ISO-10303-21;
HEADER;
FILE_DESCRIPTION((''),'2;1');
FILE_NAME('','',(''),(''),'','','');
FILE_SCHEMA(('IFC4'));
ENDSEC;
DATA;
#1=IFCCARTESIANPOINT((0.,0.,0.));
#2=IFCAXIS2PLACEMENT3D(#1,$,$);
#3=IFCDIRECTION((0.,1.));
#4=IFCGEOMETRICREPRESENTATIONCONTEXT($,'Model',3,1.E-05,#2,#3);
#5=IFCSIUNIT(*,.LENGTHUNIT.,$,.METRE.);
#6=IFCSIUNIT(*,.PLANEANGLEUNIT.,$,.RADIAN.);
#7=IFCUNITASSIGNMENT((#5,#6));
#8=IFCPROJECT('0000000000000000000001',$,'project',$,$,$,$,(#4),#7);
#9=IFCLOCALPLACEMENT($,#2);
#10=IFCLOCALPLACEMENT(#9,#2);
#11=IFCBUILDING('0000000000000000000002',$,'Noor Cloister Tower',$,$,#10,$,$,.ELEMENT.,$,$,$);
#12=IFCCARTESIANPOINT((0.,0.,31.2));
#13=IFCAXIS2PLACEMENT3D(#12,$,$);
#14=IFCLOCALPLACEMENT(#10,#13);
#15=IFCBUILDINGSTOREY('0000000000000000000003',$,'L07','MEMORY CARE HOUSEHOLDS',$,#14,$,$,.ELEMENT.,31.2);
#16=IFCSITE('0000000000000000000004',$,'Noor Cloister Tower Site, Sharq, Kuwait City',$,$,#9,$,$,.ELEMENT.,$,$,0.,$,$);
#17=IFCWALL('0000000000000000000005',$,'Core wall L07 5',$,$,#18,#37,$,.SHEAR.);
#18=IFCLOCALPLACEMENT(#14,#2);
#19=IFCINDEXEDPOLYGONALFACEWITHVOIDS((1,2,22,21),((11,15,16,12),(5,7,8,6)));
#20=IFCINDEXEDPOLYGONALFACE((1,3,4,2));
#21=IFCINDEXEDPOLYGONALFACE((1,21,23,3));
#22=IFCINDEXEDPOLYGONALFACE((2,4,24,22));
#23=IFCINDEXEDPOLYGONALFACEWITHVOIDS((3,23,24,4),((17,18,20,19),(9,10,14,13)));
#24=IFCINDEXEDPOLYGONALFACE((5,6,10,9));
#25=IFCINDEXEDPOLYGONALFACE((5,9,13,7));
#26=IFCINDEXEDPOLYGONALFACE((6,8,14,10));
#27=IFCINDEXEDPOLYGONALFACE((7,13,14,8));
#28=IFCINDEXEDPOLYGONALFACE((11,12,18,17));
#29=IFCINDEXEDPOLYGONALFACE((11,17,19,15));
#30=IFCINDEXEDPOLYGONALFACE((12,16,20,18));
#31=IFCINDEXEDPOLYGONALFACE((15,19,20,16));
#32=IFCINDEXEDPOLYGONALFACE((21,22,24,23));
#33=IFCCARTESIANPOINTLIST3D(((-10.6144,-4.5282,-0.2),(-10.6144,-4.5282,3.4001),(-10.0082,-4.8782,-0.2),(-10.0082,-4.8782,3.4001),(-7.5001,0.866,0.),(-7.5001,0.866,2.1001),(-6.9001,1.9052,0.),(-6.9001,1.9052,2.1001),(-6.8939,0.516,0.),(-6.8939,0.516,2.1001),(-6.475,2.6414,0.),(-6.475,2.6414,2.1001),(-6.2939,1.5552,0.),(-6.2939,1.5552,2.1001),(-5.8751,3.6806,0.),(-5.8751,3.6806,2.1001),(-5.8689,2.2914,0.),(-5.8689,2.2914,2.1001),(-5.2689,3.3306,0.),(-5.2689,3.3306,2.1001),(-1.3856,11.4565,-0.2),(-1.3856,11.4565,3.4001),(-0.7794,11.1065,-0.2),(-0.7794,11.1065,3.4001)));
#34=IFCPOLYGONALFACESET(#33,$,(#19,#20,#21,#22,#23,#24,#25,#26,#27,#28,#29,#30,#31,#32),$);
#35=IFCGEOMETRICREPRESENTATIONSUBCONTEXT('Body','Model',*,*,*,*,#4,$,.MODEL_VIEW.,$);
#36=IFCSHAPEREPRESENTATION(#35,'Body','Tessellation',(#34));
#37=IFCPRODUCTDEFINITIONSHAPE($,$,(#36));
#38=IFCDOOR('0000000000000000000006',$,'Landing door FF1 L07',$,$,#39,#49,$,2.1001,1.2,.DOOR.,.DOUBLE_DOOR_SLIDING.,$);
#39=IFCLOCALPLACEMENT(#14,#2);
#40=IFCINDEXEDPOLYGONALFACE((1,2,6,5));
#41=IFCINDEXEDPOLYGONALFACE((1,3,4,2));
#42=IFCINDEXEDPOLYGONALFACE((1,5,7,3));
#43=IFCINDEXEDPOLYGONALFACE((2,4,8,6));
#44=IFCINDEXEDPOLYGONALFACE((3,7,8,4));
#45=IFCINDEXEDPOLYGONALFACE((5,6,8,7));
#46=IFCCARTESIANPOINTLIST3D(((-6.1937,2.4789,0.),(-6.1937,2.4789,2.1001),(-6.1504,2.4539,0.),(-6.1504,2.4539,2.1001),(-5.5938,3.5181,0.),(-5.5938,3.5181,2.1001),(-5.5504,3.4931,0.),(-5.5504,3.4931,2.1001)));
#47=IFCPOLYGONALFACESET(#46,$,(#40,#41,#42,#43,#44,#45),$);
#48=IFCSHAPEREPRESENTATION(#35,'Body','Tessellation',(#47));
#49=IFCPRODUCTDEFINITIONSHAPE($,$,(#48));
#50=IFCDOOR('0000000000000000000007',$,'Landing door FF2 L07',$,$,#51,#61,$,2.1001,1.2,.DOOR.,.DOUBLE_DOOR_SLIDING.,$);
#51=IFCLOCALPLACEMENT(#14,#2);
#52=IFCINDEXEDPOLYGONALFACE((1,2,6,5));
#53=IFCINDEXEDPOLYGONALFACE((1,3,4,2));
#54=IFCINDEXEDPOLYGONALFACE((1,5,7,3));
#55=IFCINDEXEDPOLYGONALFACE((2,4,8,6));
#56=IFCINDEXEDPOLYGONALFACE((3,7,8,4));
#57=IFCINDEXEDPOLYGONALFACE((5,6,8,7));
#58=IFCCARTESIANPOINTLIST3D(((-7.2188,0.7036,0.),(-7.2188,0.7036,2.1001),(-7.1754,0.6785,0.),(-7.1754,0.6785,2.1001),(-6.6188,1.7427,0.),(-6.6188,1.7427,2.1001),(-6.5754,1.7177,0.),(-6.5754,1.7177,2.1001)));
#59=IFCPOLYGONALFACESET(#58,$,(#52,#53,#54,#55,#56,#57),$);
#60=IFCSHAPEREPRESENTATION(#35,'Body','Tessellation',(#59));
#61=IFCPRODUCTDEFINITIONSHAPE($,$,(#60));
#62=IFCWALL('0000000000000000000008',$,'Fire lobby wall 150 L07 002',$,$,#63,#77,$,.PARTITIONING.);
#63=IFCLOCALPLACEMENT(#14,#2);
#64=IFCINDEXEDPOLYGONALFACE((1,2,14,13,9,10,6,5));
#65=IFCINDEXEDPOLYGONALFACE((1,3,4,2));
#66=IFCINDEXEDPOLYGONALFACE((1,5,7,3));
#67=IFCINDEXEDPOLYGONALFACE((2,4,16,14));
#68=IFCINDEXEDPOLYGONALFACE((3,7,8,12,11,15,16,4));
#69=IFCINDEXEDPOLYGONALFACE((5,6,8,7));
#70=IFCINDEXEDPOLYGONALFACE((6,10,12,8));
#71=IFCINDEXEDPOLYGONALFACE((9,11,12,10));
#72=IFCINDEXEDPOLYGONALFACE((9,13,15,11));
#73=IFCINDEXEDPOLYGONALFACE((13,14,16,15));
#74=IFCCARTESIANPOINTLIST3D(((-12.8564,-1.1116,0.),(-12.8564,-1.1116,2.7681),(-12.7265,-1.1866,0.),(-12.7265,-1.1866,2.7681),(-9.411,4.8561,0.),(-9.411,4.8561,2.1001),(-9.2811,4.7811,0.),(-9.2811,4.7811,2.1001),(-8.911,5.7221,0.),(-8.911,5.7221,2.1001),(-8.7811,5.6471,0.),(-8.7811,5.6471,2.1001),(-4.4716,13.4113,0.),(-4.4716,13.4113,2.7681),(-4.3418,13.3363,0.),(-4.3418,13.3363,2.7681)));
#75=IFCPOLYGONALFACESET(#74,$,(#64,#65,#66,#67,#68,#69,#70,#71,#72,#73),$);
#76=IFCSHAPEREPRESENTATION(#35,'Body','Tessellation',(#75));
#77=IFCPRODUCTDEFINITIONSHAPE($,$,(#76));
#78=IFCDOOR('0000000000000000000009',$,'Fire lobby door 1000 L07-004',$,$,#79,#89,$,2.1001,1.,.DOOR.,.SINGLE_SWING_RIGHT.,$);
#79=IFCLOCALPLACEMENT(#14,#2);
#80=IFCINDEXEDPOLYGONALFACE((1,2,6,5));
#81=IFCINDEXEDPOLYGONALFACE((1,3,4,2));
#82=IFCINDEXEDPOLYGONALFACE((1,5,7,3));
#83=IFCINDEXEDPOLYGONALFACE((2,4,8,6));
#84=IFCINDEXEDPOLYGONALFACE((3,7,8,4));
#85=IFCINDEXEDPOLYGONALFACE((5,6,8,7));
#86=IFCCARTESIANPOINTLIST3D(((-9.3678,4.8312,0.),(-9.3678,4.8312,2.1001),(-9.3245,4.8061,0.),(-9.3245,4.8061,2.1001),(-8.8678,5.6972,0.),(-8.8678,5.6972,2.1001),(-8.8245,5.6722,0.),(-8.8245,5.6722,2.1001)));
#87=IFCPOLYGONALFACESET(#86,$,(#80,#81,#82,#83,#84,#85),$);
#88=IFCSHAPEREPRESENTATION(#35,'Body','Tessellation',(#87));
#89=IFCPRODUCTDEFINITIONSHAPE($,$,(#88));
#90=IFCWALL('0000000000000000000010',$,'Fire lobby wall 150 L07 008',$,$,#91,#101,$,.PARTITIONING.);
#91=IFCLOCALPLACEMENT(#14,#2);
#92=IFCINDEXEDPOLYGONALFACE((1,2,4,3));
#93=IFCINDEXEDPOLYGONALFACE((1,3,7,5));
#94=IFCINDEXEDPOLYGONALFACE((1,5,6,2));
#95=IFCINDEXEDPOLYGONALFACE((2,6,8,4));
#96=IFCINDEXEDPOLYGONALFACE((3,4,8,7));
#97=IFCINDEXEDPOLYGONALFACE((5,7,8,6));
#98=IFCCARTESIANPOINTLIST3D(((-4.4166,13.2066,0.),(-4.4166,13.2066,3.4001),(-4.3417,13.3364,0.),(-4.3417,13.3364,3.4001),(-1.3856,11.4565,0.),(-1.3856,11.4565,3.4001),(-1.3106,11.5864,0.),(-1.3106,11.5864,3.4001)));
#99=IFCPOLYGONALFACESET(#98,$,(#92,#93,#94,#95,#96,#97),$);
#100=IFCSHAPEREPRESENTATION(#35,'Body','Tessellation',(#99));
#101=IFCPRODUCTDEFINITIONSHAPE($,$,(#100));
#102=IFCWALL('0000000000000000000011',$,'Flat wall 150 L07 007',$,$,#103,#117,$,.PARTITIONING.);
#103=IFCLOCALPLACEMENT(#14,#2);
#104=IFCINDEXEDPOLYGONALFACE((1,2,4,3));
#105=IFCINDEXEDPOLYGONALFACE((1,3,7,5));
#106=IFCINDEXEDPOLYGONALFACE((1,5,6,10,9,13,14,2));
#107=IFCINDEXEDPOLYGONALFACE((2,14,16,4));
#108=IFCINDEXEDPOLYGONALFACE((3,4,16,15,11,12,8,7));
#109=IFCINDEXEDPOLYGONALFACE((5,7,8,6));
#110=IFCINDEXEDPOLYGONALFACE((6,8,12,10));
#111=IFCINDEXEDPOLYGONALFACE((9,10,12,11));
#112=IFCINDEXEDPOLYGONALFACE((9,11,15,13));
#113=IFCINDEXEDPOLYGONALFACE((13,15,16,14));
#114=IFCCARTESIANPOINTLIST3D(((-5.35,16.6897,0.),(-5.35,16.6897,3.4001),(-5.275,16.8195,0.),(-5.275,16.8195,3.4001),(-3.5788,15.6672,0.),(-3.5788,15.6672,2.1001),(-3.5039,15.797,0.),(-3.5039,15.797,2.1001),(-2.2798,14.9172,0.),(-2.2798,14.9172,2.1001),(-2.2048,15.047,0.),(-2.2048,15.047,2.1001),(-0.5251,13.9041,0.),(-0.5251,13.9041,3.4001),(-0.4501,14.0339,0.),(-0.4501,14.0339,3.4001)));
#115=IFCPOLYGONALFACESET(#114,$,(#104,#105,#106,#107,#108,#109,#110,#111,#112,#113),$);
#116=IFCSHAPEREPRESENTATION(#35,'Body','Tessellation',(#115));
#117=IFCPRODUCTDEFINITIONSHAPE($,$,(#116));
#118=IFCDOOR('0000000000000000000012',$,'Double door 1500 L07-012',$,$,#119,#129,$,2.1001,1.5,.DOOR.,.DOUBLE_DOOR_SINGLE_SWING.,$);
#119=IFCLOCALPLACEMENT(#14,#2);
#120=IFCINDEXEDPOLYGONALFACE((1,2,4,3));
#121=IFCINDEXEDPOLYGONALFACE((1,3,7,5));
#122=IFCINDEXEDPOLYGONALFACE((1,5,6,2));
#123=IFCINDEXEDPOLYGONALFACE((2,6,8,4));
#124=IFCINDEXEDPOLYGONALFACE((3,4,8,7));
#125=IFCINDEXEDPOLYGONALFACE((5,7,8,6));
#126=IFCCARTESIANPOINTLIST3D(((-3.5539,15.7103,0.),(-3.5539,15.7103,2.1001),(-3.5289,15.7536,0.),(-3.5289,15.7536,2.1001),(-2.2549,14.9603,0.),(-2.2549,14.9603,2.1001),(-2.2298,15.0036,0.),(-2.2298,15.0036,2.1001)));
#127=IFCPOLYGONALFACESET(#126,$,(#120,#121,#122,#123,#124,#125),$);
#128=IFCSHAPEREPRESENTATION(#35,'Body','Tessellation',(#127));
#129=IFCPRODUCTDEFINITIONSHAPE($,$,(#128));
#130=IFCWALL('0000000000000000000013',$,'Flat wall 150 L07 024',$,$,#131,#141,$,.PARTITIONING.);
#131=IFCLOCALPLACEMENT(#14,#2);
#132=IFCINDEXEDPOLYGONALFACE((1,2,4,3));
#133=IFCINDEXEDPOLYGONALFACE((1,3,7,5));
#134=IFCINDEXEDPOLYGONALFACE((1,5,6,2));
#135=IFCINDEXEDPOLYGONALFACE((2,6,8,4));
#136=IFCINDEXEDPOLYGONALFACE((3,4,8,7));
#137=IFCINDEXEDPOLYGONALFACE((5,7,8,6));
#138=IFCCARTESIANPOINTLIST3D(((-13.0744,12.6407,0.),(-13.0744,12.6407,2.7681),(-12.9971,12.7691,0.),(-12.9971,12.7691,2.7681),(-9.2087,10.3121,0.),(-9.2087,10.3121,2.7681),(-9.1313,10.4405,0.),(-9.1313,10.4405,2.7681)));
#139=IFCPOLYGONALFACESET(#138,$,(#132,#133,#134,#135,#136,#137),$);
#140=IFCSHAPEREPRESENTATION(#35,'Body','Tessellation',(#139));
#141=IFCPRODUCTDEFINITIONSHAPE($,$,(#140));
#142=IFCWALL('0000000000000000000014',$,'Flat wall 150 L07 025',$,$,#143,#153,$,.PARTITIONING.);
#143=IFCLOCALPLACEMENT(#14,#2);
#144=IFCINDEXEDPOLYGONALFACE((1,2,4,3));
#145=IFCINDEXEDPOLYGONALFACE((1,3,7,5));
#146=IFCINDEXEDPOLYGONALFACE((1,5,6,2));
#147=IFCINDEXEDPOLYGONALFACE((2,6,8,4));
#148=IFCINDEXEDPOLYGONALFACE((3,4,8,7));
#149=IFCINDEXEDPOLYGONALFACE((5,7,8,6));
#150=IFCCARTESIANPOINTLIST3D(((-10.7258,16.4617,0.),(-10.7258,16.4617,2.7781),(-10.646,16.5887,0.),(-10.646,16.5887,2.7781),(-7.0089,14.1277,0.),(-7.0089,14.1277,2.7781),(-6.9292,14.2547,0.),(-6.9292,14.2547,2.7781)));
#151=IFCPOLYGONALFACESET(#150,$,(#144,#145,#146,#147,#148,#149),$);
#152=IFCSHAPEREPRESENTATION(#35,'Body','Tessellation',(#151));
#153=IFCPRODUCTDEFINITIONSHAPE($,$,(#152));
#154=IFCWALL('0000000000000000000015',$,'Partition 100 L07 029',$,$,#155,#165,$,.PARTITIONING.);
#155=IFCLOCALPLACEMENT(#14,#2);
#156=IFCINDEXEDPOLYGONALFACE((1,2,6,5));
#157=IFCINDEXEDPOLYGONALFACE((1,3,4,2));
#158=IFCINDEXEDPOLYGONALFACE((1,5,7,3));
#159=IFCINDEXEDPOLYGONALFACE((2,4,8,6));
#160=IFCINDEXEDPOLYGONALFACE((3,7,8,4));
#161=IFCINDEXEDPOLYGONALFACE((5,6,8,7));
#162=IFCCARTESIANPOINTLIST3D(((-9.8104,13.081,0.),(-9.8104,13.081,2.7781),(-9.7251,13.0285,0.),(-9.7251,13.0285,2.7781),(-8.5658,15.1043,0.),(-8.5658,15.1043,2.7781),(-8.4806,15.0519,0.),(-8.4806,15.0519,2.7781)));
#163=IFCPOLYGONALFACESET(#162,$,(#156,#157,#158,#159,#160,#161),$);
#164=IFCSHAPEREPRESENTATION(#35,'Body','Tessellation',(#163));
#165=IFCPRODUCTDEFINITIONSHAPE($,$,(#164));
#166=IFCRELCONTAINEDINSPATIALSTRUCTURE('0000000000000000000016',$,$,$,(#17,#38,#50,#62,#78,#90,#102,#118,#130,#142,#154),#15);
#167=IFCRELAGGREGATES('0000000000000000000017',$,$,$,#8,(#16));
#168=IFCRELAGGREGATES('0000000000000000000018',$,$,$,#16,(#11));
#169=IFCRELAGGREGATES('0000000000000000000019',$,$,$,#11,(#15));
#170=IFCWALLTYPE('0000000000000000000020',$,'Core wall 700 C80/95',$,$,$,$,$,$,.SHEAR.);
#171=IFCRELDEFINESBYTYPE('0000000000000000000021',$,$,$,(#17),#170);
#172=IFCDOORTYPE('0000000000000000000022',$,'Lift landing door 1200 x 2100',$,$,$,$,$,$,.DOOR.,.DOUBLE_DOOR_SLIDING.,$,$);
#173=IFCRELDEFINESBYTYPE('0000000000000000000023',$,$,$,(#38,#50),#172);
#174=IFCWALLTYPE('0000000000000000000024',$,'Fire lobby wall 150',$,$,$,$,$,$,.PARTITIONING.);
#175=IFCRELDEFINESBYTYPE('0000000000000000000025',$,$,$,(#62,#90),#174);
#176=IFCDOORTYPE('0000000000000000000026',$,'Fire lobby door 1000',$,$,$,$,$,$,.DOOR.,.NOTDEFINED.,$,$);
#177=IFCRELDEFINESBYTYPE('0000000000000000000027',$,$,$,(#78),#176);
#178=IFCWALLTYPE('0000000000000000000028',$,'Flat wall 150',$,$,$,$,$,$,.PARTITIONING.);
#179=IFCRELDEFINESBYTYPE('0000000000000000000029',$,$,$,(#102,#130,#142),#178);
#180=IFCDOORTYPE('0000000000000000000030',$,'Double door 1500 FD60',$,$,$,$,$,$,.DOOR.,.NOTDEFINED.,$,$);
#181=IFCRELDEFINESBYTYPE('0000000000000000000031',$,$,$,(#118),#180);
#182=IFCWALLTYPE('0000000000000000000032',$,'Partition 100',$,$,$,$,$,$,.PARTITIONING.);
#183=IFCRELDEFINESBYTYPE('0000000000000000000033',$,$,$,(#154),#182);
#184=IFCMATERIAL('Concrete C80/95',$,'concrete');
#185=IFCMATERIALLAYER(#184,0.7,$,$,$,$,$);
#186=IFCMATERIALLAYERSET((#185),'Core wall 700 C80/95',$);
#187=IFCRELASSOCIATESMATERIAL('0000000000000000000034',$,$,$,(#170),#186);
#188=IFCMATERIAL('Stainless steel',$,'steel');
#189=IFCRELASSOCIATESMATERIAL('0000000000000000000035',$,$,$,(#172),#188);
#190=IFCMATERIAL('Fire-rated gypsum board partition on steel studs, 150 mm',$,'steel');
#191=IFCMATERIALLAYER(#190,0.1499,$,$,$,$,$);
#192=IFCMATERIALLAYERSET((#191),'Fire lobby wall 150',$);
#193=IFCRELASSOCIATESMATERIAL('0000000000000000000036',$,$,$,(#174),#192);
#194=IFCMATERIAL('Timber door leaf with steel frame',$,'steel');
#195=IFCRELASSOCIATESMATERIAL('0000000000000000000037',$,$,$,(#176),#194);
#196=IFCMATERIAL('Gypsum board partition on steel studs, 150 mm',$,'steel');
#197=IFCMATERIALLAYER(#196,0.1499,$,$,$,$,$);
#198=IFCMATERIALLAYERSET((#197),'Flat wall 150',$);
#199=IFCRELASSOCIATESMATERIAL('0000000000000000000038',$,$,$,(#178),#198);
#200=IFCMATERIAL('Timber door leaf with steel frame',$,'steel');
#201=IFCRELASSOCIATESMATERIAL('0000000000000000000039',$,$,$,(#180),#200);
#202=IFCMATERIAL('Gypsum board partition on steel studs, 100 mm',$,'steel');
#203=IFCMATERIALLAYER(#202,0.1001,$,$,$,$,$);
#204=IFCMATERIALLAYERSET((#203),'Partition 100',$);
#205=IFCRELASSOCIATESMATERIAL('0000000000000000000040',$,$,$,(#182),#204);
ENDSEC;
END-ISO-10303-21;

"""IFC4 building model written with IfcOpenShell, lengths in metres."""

from ifc_helpers import new_model, si_unit, direction, frame, frame_2d, origin, place, context, subcontext, project, spatial, rectangle, extrude, material, layer, layer_set, type_object, element, fill, save


model = new_model("IFC4")

# Units and contexts
model_context = context("Model", 3, precision=1e-05, world=origin(), true_north=direction((0.0, 1.0)))
body_context = subcontext(model_context, "Body", "Model", "MODEL_VIEW")
ifc_project = project(units=[si_unit("LENGTHUNIT", "METRE"), si_unit("PLANEANGLEUNIT", "RADIAN")], contexts=[model_context])

# Site, building, storey
site_placement = place(None, origin())
site = spatial("IfcSite", under=ifc_project, at=site_placement, Name="Noor Cloister Tower Site, Sharq, Kuwait City", CompositionType="ELEMENT", RefElevation=0.0)
building_placement = place(site_placement, origin())
building = spatial("IfcBuilding", under=site, at=building_placement, Name="Noor Cloister Tower", CompositionType="ELEMENT")
storey_placement = place(building_placement, frame((0.0, 0.0, 31.2)))
storey = spatial("IfcBuildingStorey", under=building, at=storey_placement, Name="L07", Description="MEMORY CARE HOUSEHOLDS", CompositionType="ELEMENT", Elevation=31.2)

# Wall, openings, doors
ifc_material_1 = material(Name="Concrete C80/95", Category="concrete")
ifc_layer_1 = layer(ifc_material_1, 0.7)
ifc_layer_set_1 = layer_set([ifc_layer_1], Name="Core wall 700 C80/95")
wall_type_1 = type_object("IfcWallType", Name="Core wall 700 C80/95", PredefinedType="SHEAR", material=ifc_layer_set_1)
wall_1_placement = place(storey_placement, frame((-1.0825, 11.2815, -0.2), z_axis=(0.0, 0.0, 1.0), x_axis=(-0.500001, -0.866025, 0.0)))
wall_1 = element("IfcWall", 1, at=wall_1_placement, inside=storey, type_object=wall_type_1, Name="Core wall L07 5", PredefinedType="SHEAR", context=body_context, shape_type="SweptSolid", body=[
    extrude(rectangle(XDim=18.4575, YDim=0.7, at=frame_2d((9.2288, 0.0))), origin(), (0.0, 0.0, 1.0), 3.6001),
])
opening_1_placement = place(wall_1_placement, frame((8.9788, 0.0, 0.2)))
opening_1 = element("IfcOpeningElement", 2, at=opening_1_placement, cuts=wall_1, PredefinedType="OPENING", context=body_context, shape_type="SweptSolid", body=[
    extrude(rectangle(XDim=1.2, YDim=2.1001, at=frame_2d((0.6001, 1.05))), frame((0.0, 0.3599, 0.0), z_axis=(0.0, -1.0, 0.0), x_axis=(1.0, 0.0, 0.0)), (0.0, 0.0, 1.0), 0.72),
])
opening_2_placement = place(wall_1_placement, frame((11.0288, 0.0, 0.2)))
opening_2 = element("IfcOpeningElement", 3, at=opening_2_placement, cuts=wall_1, PredefinedType="OPENING", context=body_context, shape_type="SweptSolid", body=[
    extrude(rectangle(XDim=1.2, YDim=2.1001, at=frame_2d((0.6001, 1.05))), frame((0.0, 0.3599, 0.0), z_axis=(0.0, -1.0, 0.0), x_axis=(1.0, 0.0, 0.0)), (0.0, 0.0, 1.0), 0.72),
])
ifc_material_2 = material(Name="Stainless steel", Category="steel")
door_type_1 = type_object("IfcDoorType", Name="Lift landing door 1200 x 2100", OperationType="DOUBLE_DOOR_SLIDING", PredefinedType="DOOR", material=ifc_material_2)
door_1_placement = place(opening_1_placement, origin())
door_1 = element("IfcDoor", 4, at=door_1_placement, inside=storey, type_object=door_type_1, Name="Landing door FF1 L07", OperationType="DOUBLE_DOOR_SLIDING", OverallHeight=2.1001, OverallWidth=1.2, PredefinedType="DOOR", context=body_context, shape_type="SweptSolid", body=[
    extrude(rectangle(XDim=1.2, YDim=2.1001, at=frame_2d((0.6001, 1.05))), frame((0.0, 0.0249, 0.0), z_axis=(0.0, -1.0, 0.0), x_axis=(1.0, 0.0, 0.0)), (0.0, 0.0, 1.0), 0.05),
])
fill(opening_1, door_1)
door_2_placement = place(opening_2_placement, origin())
door_2 = element("IfcDoor", 5, at=door_2_placement, inside=storey, type_object=door_type_1, Name="Landing door FF2 L07", OperationType="DOUBLE_DOOR_SLIDING", OverallHeight=2.1001, OverallWidth=1.2, PredefinedType="DOOR", context=body_context, shape_type="SweptSolid", body=[
    extrude(rectangle(XDim=1.2, YDim=2.1001, at=frame_2d((0.6001, 1.05))), frame((0.0, 0.0249, 0.0), z_axis=(0.0, -1.0, 0.0), x_axis=(1.0, 0.0, 0.0)), (0.0, 0.0, 1.0), 0.05),
])
fill(opening_2, door_2)

# Wall, opening, door
ifc_material_3 = material(Name="Fire-rated gypsum board partition on steel studs, 150 mm", Category="steel")
ifc_layer_2 = layer(ifc_material_3, 0.1499)
ifc_layer_set_2 = layer_set([ifc_layer_2], Name="Fire lobby wall 150")
wall_type_2 = type_object("IfcWallType", Name="Fire lobby wall 150", PredefinedType="PARTITIONING", material=ifc_layer_set_2)
wall_2_placement = place(storey_placement, frame((-4.4067, 13.3738, 0.0), z_axis=(0.0, 0.0, 1.0), x_axis=(-0.499997, -0.866027, 0.0)))
wall_2 = element("IfcWall", 6, at=wall_2_placement, inside=storey, type_object=wall_type_2, Name="Fire lobby wall 150 L07 002", PredefinedType="PARTITIONING", context=body_context, shape_type="SweptSolid", body=[
    extrude(rectangle(XDim=16.7695, YDim=0.1499, at=frame_2d((8.3848, 0.0))), origin(), (0.0, 0.0, 1.0), 2.7681),
])
opening_3_placement = place(wall_2_placement, frame((8.8787, 0.0, 0.0)))
opening_3 = element("IfcOpeningElement", 7, at=opening_3_placement, cuts=wall_2, PredefinedType="OPENING", context=body_context, shape_type="SweptSolid", body=[
    extrude(rectangle(XDim=1.0, YDim=2.1001, at=frame_2d((0.5, 1.05))), frame((0.0, 0.085, 0.0), z_axis=(0.0, -1.0, 0.0), x_axis=(1.0, 0.0, 0.0)), (0.0, 0.0, 1.0), 0.1699),
])
ifc_material_4 = material(Name="Timber door leaf with steel frame", Category="steel")
door_type_2 = type_object("IfcDoorType", Name="Fire lobby door 1000", OperationType="NOTDEFINED", PredefinedType="DOOR", material=ifc_material_4)
door_3_placement = place(opening_3_placement, origin())
door_3 = element("IfcDoor", 8, at=door_3_placement, inside=storey, type_object=door_type_2, Name="Fire lobby door 1000 L07-004", OperationType="SINGLE_SWING_RIGHT", OverallHeight=2.1001, OverallWidth=1.0, PredefinedType="DOOR", context=body_context, shape_type="SweptSolid", body=[
    extrude(rectangle(XDim=1.0, YDim=2.1001, at=frame_2d((0.5, 1.05))), frame((0.0, 0.0249, 0.0), z_axis=(0.0, -1.0, 0.0), x_axis=(1.0, 0.0, 0.0)), (0.0, 0.0, 1.0), 0.05),
])
fill(opening_3, door_3)

# Wall
wall_3_placement = place(storey_placement, frame((-4.3792, 13.2715, 0.0), z_axis=(0.0, 0.0, 1.0), x_axis=(0.866019, -0.50001, 0.0)))
element("IfcWall", 9, at=wall_3_placement, inside=storey, type_object=wall_type_2, Name="Fire lobby wall 150 L07 008", PredefinedType="PARTITIONING", context=body_context, shape_type="SweptSolid", body=[
    extrude(rectangle(XDim=3.5, YDim=0.1499, at=frame_2d((1.75, 0.0))), origin(), (0.0, 0.0, 1.0), 3.4001),
])

# Wall, opening, door
ifc_material_5 = material(Name="Gypsum board partition on steel studs, 150 mm", Category="steel")
ifc_layer_3 = layer(ifc_material_5, 0.1499)
ifc_layer_set_3 = layer_set([ifc_layer_3], Name="Flat wall 150")
wall_type_3 = type_object("IfcWallType", Name="Flat wall 150", PredefinedType="PARTITIONING", material=ifc_layer_set_3)
wall_4_placement = place(storey_placement, frame((-5.3125, 16.7546, 0.0), z_axis=(0.0, 0.0, 1.0), x_axis=(0.866029, -0.499994, 0.0)))
wall_4 = element("IfcWall", 10, at=wall_4_placement, inside=storey, type_object=wall_type_3, Name="Flat wall 150 L07 007", PredefinedType="PARTITIONING", context=body_context, shape_type="SweptSolid", body=[
    extrude(rectangle(XDim=5.5713, YDim=0.1499, at=frame_2d((2.7856, 0.0))), origin(), (0.0, 0.0, 1.0), 3.4001),
])
opening_4_placement = place(wall_4_placement, frame((2.0452, 0.0, 0.0)))
opening_4 = element("IfcOpeningElement", 11, at=opening_4_placement, cuts=wall_4, PredefinedType="OPENING", context=body_context, shape_type="SweptSolid", body=[
    extrude(rectangle(XDim=1.5, YDim=2.1001, at=frame_2d((0.75, 1.05))), frame((0.0, 0.085, 0.0), z_axis=(0.0, -1.0, 0.0), x_axis=(1.0, 0.0, 0.0)), (0.0, 0.0, 1.0), 0.1699),
])
ifc_material_6 = material(Name="Timber door leaf with steel frame", Category="steel")
door_type_3 = type_object("IfcDoorType", Name="Double door 1500 FD60", OperationType="NOTDEFINED", PredefinedType="DOOR", material=ifc_material_6)
door_4_placement = place(opening_4_placement, origin())
door_4 = element("IfcDoor", 12, at=door_4_placement, inside=storey, type_object=door_type_3, Name="Double door 1500 L07-012", OperationType="DOUBLE_DOOR_SINGLE_SWING", OverallHeight=2.1001, OverallWidth=1.5, PredefinedType="DOOR", context=body_context, shape_type="SweptSolid", body=[
    extrude(rectangle(XDim=1.5, YDim=2.1001, at=frame_2d((0.75, 1.05))), frame((0.0, 0.0249, 0.0), z_axis=(0.0, -1.0, 0.0), x_axis=(1.0, 0.0, 0.0)), (0.0, 0.0, 1.0), 0.05),
])
fill(opening_4, door_4)

# Walls
wall_5_placement = place(storey_placement, frame((-13.0356, 12.7048, 0.0), z_axis=(0.0, 0.0, 1.0), x_axis=(0.856594, -0.515991, 0.0)))
element("IfcWall", 13, at=wall_5_placement, inside=storey, type_object=wall_type_3, Name="Flat wall 150 L07 024", PredefinedType="PARTITIONING", context=body_context, shape_type="SweptSolid", body=[
    extrude(rectangle(XDim=4.5129, YDim=0.1499, at=frame_2d((2.2563, 0.0))), origin(), (0.0, 0.0, 1.0), 2.7681),
])
wall_6_placement = place(storey_placement, frame((-10.6858, 16.5251, 0.0), z_axis=(0.0, 0.0, 1.0), x_axis=(0.846871, -0.531798, 0.0)))
element("IfcWall", 14, at=wall_6_placement, inside=storey, type_object=wall_type_3, Name="Flat wall 150 L07 025", PredefinedType="PARTITIONING", context=body_context, shape_type="SweptSolid", body=[
    extrude(rectangle(XDim=4.3889, YDim=0.1499, at=frame_2d((2.1943, 0.0))), origin(), (0.0, 0.0, 1.0), 2.7781),
])
ifc_material_7 = material(Name="Gypsum board partition on steel studs, 100 mm", Category="steel")
ifc_layer_4 = layer(ifc_material_7, 0.1001)
ifc_layer_set_4 = layer_set([ifc_layer_4], Name="Partition 100")
wall_type_4 = type_object("IfcWallType", Name="Partition 100", PredefinedType="PARTITIONING", material=ifc_layer_set_4)
wall_7_placement = place(storey_placement, frame((-8.5232, 15.0781, 0.0), z_axis=(0.0, 0.0, 1.0), x_axis=(-0.523925, -0.851764, 0.0)))
element("IfcWall", 15, at=wall_7_placement, inside=storey, type_object=wall_type_4, Name="Partition 100 L07 029", PredefinedType="PARTITIONING", context=body_context, shape_type="SweptSolid", body=[
    extrude(rectangle(XDim=2.3755, YDim=0.1001, at=frame_2d((1.1877, 0.0))), origin(), (0.0, 0.0, 1.0), 2.7781),
])

save(model, "model.ifc")
